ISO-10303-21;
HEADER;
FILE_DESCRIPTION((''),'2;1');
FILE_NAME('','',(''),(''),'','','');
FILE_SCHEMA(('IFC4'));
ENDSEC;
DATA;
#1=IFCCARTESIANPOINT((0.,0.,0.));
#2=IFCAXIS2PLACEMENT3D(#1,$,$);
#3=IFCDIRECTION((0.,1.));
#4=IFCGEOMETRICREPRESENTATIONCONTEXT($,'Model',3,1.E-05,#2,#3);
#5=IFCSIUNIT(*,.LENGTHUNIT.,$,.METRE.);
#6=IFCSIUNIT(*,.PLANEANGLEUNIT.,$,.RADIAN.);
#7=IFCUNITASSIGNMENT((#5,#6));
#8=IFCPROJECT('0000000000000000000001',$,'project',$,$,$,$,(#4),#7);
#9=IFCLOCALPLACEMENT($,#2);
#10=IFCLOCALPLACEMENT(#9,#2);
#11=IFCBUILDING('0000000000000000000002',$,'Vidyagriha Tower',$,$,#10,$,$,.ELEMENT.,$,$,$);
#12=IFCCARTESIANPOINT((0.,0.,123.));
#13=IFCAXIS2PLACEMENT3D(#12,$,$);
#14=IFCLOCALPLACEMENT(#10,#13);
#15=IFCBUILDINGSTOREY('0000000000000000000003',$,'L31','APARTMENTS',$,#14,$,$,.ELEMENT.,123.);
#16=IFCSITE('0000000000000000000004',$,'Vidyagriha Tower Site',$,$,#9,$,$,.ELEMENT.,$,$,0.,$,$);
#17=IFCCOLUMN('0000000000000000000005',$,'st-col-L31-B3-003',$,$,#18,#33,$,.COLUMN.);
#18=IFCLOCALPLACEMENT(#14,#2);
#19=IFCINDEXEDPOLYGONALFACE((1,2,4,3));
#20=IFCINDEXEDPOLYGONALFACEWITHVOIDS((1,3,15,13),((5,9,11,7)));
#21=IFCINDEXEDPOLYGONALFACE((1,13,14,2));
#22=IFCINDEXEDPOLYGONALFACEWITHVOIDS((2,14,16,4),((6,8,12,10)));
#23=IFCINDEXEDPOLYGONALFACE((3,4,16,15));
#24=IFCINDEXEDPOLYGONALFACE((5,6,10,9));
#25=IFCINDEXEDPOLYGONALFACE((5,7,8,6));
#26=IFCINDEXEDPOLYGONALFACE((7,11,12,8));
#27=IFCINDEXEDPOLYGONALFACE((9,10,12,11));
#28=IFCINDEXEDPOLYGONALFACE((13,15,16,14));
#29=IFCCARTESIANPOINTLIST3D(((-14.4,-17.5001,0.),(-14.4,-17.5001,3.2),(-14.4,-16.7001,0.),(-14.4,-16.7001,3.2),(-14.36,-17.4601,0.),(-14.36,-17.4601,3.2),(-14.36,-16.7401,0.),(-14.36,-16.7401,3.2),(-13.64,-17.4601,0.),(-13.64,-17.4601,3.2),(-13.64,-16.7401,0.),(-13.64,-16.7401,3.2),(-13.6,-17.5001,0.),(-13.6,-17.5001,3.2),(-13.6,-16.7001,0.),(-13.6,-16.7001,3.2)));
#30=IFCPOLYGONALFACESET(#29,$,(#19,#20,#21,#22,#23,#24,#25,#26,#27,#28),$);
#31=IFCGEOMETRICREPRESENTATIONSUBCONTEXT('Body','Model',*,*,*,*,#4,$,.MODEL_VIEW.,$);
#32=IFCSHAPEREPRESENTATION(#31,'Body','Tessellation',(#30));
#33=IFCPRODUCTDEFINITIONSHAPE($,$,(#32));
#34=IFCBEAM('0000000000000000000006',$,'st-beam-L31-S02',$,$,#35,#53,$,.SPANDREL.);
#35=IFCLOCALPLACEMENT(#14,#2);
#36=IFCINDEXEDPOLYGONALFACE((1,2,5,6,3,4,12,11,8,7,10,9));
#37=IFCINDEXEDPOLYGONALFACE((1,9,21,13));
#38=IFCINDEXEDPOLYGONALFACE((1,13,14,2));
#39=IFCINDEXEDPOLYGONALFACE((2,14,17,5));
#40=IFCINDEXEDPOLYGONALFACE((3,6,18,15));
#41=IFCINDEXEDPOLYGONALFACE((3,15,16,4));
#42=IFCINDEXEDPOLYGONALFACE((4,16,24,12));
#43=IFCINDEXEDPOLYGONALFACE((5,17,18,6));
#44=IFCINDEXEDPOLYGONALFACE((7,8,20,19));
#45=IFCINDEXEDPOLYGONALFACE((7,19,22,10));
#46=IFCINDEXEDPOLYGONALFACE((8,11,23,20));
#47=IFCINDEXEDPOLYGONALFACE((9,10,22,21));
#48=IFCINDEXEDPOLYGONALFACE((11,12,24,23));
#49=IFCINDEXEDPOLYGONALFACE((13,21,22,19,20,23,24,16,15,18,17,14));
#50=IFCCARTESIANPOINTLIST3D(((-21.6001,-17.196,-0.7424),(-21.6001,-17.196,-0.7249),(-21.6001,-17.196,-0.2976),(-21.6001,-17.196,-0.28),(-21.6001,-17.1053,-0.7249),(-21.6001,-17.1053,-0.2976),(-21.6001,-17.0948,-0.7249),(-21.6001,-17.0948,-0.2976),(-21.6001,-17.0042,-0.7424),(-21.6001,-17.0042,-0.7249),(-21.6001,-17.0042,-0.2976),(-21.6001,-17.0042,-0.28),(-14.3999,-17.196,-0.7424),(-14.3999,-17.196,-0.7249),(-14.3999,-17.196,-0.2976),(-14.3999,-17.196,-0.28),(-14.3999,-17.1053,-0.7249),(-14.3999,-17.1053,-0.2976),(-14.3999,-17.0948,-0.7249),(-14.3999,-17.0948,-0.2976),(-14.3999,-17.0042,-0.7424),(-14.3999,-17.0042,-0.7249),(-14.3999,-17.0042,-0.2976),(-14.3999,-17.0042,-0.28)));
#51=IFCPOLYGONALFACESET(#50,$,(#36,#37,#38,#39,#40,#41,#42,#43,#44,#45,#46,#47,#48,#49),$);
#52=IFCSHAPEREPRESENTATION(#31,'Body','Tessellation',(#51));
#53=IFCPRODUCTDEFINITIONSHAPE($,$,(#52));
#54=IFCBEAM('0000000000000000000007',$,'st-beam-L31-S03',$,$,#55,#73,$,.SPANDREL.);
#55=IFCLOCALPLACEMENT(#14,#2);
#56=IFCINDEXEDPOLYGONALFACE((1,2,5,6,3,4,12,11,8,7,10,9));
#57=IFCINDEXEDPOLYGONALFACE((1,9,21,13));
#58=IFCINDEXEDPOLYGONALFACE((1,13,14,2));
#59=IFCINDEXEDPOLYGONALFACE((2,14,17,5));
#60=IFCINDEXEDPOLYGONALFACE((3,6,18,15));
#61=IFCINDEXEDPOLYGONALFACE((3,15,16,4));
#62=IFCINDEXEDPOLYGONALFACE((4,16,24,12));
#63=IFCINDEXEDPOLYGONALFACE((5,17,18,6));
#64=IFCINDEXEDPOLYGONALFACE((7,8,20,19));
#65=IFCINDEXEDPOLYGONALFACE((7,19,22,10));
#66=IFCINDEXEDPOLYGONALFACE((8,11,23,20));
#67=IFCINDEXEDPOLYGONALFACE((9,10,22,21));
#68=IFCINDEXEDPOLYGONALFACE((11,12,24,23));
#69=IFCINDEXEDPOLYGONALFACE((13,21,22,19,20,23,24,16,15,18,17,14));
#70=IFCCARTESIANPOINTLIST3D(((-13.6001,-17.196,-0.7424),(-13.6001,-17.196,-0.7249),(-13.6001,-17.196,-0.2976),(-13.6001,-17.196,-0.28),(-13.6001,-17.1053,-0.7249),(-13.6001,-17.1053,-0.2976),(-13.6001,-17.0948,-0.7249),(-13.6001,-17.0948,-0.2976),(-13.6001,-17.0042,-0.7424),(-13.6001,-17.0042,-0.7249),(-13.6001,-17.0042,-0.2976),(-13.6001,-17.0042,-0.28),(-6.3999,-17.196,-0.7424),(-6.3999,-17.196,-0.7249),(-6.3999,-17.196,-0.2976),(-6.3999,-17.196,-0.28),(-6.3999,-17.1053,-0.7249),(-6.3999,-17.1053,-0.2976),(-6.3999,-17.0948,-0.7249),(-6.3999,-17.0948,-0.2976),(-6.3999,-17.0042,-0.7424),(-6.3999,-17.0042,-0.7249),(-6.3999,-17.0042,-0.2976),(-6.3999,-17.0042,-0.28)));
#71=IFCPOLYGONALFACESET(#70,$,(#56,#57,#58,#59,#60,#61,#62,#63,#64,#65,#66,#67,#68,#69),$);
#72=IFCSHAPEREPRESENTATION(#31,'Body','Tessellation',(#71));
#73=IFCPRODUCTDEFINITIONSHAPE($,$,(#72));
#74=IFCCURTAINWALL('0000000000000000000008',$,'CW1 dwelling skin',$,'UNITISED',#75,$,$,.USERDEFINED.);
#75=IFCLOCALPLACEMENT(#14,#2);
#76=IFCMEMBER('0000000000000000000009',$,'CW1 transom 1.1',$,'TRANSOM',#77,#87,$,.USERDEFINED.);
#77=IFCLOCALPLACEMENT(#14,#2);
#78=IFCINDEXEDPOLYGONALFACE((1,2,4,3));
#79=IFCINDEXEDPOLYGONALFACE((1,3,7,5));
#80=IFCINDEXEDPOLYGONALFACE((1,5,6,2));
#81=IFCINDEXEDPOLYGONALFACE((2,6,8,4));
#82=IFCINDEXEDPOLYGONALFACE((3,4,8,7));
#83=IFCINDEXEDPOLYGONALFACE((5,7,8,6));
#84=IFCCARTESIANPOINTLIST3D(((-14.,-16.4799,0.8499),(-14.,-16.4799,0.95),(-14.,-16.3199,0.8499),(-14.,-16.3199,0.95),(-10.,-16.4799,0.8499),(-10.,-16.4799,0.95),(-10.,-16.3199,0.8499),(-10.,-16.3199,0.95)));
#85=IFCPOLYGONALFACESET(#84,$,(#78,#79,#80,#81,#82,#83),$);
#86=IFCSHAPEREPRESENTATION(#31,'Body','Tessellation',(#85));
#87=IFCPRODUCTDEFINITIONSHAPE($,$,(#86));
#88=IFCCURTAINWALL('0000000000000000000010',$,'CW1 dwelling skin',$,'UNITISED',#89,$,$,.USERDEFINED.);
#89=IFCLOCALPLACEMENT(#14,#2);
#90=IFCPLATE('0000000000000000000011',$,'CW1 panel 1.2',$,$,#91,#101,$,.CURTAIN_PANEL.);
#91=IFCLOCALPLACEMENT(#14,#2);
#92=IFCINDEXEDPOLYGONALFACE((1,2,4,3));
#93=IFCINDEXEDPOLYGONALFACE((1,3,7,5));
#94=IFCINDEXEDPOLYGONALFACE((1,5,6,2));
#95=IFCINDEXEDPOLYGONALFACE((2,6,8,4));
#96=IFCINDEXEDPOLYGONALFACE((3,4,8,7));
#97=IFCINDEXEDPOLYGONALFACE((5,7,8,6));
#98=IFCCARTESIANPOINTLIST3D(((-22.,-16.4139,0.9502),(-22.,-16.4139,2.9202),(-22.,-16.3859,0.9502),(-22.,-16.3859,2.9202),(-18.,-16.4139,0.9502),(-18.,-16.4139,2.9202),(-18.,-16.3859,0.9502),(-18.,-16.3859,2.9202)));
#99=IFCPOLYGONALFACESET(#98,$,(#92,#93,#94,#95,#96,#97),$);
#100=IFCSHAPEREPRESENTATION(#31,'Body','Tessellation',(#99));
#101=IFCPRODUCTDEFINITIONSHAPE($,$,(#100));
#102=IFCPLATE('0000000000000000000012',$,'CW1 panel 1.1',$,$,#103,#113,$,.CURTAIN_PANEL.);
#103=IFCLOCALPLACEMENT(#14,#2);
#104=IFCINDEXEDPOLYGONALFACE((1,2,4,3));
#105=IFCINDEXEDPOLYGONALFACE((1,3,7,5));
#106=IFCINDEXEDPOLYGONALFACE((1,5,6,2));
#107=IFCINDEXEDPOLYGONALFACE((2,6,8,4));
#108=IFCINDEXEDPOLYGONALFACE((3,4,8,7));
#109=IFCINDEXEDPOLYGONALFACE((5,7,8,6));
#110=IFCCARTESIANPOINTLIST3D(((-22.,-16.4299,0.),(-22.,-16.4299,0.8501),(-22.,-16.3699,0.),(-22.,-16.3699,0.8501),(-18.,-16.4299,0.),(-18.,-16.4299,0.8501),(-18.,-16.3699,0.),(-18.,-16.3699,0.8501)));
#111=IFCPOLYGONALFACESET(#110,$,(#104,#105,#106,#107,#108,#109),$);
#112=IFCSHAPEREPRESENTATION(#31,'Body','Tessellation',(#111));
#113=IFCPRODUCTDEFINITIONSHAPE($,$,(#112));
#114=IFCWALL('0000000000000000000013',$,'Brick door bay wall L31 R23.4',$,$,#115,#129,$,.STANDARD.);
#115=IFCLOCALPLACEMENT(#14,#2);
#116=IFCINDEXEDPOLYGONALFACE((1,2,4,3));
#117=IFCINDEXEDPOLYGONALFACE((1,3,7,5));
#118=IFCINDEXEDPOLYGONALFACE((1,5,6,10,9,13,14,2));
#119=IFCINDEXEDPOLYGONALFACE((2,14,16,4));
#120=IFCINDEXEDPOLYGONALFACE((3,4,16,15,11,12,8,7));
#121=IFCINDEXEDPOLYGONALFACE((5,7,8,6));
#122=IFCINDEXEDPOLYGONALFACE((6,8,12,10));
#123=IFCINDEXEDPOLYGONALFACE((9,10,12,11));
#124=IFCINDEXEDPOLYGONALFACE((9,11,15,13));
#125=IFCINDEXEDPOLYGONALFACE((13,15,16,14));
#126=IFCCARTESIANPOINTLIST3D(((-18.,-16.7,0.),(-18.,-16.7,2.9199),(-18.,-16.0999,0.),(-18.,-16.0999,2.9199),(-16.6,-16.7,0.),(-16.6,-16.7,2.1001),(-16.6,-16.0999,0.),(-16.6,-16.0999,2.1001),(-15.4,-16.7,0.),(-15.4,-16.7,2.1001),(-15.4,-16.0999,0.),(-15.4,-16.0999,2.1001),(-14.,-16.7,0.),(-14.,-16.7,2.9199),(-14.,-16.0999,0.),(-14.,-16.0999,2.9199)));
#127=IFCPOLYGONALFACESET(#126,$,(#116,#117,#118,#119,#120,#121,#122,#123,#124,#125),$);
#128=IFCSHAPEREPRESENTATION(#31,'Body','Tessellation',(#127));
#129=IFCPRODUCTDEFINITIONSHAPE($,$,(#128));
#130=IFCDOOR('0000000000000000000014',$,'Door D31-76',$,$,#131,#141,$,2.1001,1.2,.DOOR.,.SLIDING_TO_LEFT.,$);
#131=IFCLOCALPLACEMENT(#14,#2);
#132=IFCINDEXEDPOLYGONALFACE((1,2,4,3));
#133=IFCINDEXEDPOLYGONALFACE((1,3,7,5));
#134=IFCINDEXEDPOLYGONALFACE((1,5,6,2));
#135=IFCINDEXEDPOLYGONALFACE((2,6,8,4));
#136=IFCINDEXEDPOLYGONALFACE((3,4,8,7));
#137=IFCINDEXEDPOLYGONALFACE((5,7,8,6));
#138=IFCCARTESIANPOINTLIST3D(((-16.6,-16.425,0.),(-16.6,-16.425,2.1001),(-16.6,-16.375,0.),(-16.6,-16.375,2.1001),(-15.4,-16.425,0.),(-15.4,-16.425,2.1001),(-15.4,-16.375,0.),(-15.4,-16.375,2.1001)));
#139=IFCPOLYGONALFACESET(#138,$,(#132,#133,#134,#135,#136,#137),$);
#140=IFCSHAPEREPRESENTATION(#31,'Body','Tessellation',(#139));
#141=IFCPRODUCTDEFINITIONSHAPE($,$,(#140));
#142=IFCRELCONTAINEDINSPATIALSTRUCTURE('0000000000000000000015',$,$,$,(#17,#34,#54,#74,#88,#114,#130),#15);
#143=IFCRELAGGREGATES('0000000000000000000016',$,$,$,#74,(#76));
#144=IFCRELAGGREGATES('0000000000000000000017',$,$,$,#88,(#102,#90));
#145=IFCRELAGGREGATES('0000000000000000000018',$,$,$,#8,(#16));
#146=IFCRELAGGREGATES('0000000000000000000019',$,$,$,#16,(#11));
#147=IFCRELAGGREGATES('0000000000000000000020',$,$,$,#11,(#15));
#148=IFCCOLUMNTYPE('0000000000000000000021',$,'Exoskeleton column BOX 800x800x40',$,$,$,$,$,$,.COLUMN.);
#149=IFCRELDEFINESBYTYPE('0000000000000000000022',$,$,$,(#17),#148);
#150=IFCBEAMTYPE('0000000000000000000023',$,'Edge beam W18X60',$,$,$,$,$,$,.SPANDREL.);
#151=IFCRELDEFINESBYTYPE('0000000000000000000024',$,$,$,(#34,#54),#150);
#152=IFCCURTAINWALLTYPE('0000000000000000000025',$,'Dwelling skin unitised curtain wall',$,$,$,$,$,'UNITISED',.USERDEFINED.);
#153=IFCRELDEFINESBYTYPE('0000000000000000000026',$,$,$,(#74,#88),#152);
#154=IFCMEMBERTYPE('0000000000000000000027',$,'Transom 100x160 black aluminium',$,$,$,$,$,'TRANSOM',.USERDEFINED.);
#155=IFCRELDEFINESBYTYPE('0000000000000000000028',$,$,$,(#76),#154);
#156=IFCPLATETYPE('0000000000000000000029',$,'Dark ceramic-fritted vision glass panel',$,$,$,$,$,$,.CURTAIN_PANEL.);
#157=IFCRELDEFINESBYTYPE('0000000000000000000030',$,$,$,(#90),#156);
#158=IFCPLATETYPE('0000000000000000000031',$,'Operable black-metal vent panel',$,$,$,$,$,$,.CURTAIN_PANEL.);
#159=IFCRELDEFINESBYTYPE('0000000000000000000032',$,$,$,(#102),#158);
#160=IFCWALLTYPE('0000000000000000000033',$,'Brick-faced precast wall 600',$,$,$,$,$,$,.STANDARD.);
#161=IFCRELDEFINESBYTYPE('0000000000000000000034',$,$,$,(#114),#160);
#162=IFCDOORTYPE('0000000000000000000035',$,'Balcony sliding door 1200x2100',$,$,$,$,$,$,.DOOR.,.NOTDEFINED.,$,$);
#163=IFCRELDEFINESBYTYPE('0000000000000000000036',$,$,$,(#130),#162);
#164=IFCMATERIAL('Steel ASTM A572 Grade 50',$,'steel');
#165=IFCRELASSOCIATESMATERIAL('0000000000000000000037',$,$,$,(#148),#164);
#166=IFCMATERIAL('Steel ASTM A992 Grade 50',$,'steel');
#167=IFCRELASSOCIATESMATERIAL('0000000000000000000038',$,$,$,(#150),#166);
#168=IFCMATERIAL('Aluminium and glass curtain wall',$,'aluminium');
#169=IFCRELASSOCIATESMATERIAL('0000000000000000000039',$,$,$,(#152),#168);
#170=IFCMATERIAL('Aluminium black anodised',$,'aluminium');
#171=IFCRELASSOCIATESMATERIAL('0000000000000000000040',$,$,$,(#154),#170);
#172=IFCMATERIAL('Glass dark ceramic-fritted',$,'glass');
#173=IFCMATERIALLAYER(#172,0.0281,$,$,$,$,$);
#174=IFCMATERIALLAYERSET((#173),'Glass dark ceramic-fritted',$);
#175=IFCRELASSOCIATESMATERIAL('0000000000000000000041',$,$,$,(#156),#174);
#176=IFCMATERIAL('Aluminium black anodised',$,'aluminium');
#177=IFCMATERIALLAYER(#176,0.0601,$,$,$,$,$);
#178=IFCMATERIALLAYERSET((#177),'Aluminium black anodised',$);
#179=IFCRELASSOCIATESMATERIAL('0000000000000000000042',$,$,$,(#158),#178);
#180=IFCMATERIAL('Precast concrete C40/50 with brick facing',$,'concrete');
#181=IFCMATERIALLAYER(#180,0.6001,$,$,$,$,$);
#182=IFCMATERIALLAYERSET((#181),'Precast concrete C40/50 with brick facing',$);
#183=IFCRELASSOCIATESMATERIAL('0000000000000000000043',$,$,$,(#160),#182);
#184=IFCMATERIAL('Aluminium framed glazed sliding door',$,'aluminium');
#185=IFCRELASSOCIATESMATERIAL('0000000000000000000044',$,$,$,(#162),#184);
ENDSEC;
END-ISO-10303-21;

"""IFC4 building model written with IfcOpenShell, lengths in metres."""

from ifc_helpers import new_model, si_unit, direction, frame, frame_2d, origin, origin_2d, place, context, subcontext, project, spatial, rectangle, hollow_rectangle, i_section, extrude, material, layer, layer_set, material_profile, profile_set, type_object, element, fill, aggregate, save


model = new_model("IFC4")

# Units and contexts
model_context = context("Model", 3, precision=1e-05, world=origin(), true_north=direction((0.0, 1.0)))
body_context = subcontext(model_context, "Body", "Model", "MODEL_VIEW")
ifc_project = project(units=[si_unit("LENGTHUNIT", "METRE"), si_unit("PLANEANGLEUNIT", "RADIAN")], contexts=[model_context])

# Site, building, storey
site_placement = place(None, origin())
site = spatial("IfcSite", under=ifc_project, at=site_placement, Name="Vidyagriha Tower Site", CompositionType="ELEMENT", RefElevation=0.0)
building_placement = place(site_placement, origin())
building = spatial("IfcBuilding", under=site, at=building_placement, Name="Vidyagriha Tower", CompositionType="ELEMENT")
storey_placement = place(building_placement, frame((0.0, 0.0, 123.0)))
storey = spatial("IfcBuildingStorey", under=building, at=storey_placement, Name="L31", Description="APARTMENTS", CompositionType="ELEMENT", Elevation=123.0)

# Column
ifc_material_1 = material(Name="Steel ASTM A572 Grade 50", Category="steel")
ifc_material_profile_1 = material_profile(ifc_material_1, hollow_rectangle(XDim=0.8, YDim=0.8, WallThickness=0.04, at=origin_2d()), Name="BOX 800x800x40")
ifc_profile_set_1 = profile_set([ifc_material_profile_1], Name="Steel ASTM A572 Grade 50")
column_type = type_object("IfcColumnType", Name="Exoskeleton column BOX 800x800x40", PredefinedType="COLUMN", material=ifc_profile_set_1)
column_placement = place(storey_placement, frame((-14.0, -17.1001, 0.0)))
element("IfcColumn", 1, at=column_placement, inside=storey, type_object=column_type, Name="st-col-L31-B3-003", PredefinedType="COLUMN", context=body_context, shape_type="SweptSolid", body=[
    extrude(hollow_rectangle(XDim=0.8, YDim=0.8, WallThickness=0.04, at=origin_2d()), origin(), (0.0, 0.0, 1.0), 3.2),
])

# Beams
ifc_material_2 = material(Name="Steel ASTM A992 Grade 50", Category="steel")
ifc_material_profile_2 = material_profile(ifc_material_2, i_section(OverallWidth=0.1919, OverallDepth=0.4624, WebThickness=0.0105, FlangeThickness=0.0176, at=origin_2d()), Name="W18X60")
ifc_profile_set_2 = profile_set([ifc_material_profile_2], Name="Steel ASTM A992 Grade 50")
beam_type = type_object("IfcBeamType", Name="Edge beam W18X60", PredefinedType="SPANDREL", material=ifc_profile_set_2)
for number, where, z_axis, x_axis, name in (
    (2, (-21.6001, -17.1001, -0.5112), (1.0, 0.0, 0.0), (0.0, 1.0, 0.0), "st-beam-L31-S02"),
    (3, (-13.6001, -17.1001, -0.5112), (1.0, 0.0, 0.0), (0.0, 1.0, 0.0), "st-beam-L31-S03"),
):
    element("IfcBeam", number, at=place(storey_placement, frame(where, z_axis=z_axis, x_axis=x_axis)), inside=storey, type_object=beam_type, Name=name, PredefinedType="SPANDREL", context=body_context, shape_type="SweptSolid", body=[
        extrude(i_section(OverallWidth=0.1919, OverallDepth=0.4624, WebThickness=0.0105, FlangeThickness=0.0176, at=origin_2d()), origin(), (0.0, 0.0, 1.0), 7.2002),
    ])

# Curtain wall, member
ifc_material_3 = material(Name="Aluminium and glass curtain wall", Category="aluminium")
curtain_wall_type = type_object("IfcCurtainWallType", Name="Dwelling skin unitised curtain wall", ElementType="UNITISED", PredefinedType="USERDEFINED", material=ifc_material_3)
curtain_wall_1_placement = place(storey_placement, origin())
curtain_wall_1 = element("IfcCurtainWall", 4, at=curtain_wall_1_placement, inside=storey, type_object=curtain_wall_type, Name="CW1 dwelling skin", ObjectType="UNITISED", PredefinedType="USERDEFINED")
ifc_material_4 = material(Name="Aluminium black anodised", Category="aluminium")
ifc_material_profile_3 = material_profile(ifc_material_4, rectangle(XDim=0.1599, YDim=0.1001, at=origin_2d()), Name="Transom 100x160 black aluminium")
ifc_profile_set_3 = profile_set([ifc_material_profile_3], Name="Aluminium black anodised")
member_type = type_object("IfcMemberType", Name="Transom 100x160 black aluminium", ElementType="TRANSOM", PredefinedType="USERDEFINED", material=ifc_profile_set_3)
member_placement = place(storey_placement, frame((-14.0, -16.3999, 0.8999), z_axis=(1.0, 0.0, 0.0), x_axis=(0.0, 1.0, 0.0)))
member = element("IfcMember", 5, at=member_placement, type_object=member_type, Name="CW1 transom 1.1", ObjectType="TRANSOM", PredefinedType="USERDEFINED", context=body_context, shape_type="SweptSolid", body=[
    extrude(rectangle(XDim=0.1599, YDim=0.1001, at=origin_2d()), origin(), (0.0, 0.0, 1.0), 4.0),
])
aggregate(curtain_wall_1, [member])

# Curtain wall, plates
curtain_wall_2_placement = place(storey_placement, origin())
curtain_wall_2 = element("IfcCurtainWall", 6, at=curtain_wall_2_placement, inside=storey, type_object=curtain_wall_type, Name="CW1 dwelling skin", ObjectType="UNITISED", PredefinedType="USERDEFINED")
ifc_material_5 = material(Name="Glass dark ceramic-fritted", Category="glass")
ifc_layer_1 = layer(ifc_material_5, 0.0281)
ifc_layer_set_1 = layer_set([ifc_layer_1], Name="Glass dark ceramic-fritted")
plate_type_1 = type_object("IfcPlateType", Name="Dark ceramic-fritted vision glass panel", PredefinedType="CURTAIN_PANEL", material=ifc_layer_set_1)
plate_1_placement = place(storey_placement, frame((-20.0, -16.3999, 0.9502)))
plate_1 = element("IfcPlate", 7, at=plate_1_placement, type_object=plate_type_1, Name="CW1 panel 1.2", PredefinedType="CURTAIN_PANEL", context=body_context, shape_type="SweptSolid", body=[
    extrude(rectangle(XDim=4.0, YDim=0.0281, at=origin_2d()), origin(), (0.0, 0.0, 1.0), 1.97),
])
ifc_material_6 = material(Name="Aluminium black anodised", Category="aluminium")
ifc_layer_2 = layer(ifc_material_6, 0.0601)
ifc_layer_set_2 = layer_set([ifc_layer_2], Name="Aluminium black anodised")
plate_type_2 = type_object("IfcPlateType", Name="Operable black-metal vent panel", PredefinedType="CURTAIN_PANEL", material=ifc_layer_set_2)
plate_2_placement = place(storey_placement, frame((-20.0, -16.3999, 0.0)))
plate_2 = element("IfcPlate", 8, at=plate_2_placement, type_object=plate_type_2, Name="CW1 panel 1.1", PredefinedType="CURTAIN_PANEL", context=body_context, shape_type="SweptSolid", body=[
    extrude(rectangle(XDim=4.0, YDim=0.0601, at=origin_2d()), origin(), (0.0, 0.0, 1.0), 0.8501),
])
aggregate(curtain_wall_2, [plate_2, plate_1])

# Wall, opening, door
ifc_material_7 = material(Name="Precast concrete C40/50 with brick facing", Category="concrete")
ifc_layer_3 = layer(ifc_material_7, 0.6001)
ifc_layer_set_3 = layer_set([ifc_layer_3], Name="Precast concrete C40/50 with brick facing")
wall_type = type_object("IfcWallType", Name="Brick-faced precast wall 600", PredefinedType="STANDARD", material=ifc_layer_set_3)
wall_placement = place(storey_placement, frame((-18.0, -16.3999, 0.0)))
wall = element("IfcWall", 9, at=wall_placement, inside=storey, type_object=wall_type, Name="Brick door bay wall L31 R23.4", PredefinedType="STANDARD", context=body_context, shape_type="SweptSolid", body=[
    extrude(rectangle(XDim=4.0, YDim=0.6001, at=frame_2d((2.0, 0.0))), origin(), (0.0, 0.0, 1.0), 2.9199),
])
opening_placement = place(wall_placement, frame((1.3999, 0.0, 0.0)))
opening = element("IfcOpeningElement", 10, at=opening_placement, cuts=wall, PredefinedType="OPENING", context=body_context, shape_type="SweptSolid", body=[
    extrude(rectangle(XDim=1.2, YDim=2.1001, at=frame_2d((0.6001, 1.05))), frame((0.0, 0.3101, 0.0), z_axis=(0.0, -1.0, 0.0), x_axis=(1.0, 0.0, 0.0)), (0.0, 0.0, 1.0), 0.6201),
])
ifc_material_8 = material(Name="Aluminium framed glazed sliding door", Category="aluminium")
door_type = type_object("IfcDoorType", Name="Balcony sliding door 1200x2100", OperationType="NOTDEFINED", PredefinedType="DOOR", material=ifc_material_8)
door_placement = place(opening_placement, origin())
door = element("IfcDoor", 11, at=door_placement, inside=storey, type_object=door_type, Name="Door D31-76", OperationType="SLIDING_TO_LEFT", OverallHeight=2.1001, OverallWidth=1.2, PredefinedType="DOOR", context=body_context, shape_type="SweptSolid", body=[
    extrude(rectangle(XDim=1.2, YDim=2.1001, at=frame_2d((0.6001, 1.05))), frame((0.0, 0.0249, 0.0), z_axis=(0.0, -1.0, 0.0), x_axis=(1.0, 0.0, 0.0)), (0.0, 0.0, 1.0), 0.05),
])
fill(opening, door)

save(model, "model.ifc")
